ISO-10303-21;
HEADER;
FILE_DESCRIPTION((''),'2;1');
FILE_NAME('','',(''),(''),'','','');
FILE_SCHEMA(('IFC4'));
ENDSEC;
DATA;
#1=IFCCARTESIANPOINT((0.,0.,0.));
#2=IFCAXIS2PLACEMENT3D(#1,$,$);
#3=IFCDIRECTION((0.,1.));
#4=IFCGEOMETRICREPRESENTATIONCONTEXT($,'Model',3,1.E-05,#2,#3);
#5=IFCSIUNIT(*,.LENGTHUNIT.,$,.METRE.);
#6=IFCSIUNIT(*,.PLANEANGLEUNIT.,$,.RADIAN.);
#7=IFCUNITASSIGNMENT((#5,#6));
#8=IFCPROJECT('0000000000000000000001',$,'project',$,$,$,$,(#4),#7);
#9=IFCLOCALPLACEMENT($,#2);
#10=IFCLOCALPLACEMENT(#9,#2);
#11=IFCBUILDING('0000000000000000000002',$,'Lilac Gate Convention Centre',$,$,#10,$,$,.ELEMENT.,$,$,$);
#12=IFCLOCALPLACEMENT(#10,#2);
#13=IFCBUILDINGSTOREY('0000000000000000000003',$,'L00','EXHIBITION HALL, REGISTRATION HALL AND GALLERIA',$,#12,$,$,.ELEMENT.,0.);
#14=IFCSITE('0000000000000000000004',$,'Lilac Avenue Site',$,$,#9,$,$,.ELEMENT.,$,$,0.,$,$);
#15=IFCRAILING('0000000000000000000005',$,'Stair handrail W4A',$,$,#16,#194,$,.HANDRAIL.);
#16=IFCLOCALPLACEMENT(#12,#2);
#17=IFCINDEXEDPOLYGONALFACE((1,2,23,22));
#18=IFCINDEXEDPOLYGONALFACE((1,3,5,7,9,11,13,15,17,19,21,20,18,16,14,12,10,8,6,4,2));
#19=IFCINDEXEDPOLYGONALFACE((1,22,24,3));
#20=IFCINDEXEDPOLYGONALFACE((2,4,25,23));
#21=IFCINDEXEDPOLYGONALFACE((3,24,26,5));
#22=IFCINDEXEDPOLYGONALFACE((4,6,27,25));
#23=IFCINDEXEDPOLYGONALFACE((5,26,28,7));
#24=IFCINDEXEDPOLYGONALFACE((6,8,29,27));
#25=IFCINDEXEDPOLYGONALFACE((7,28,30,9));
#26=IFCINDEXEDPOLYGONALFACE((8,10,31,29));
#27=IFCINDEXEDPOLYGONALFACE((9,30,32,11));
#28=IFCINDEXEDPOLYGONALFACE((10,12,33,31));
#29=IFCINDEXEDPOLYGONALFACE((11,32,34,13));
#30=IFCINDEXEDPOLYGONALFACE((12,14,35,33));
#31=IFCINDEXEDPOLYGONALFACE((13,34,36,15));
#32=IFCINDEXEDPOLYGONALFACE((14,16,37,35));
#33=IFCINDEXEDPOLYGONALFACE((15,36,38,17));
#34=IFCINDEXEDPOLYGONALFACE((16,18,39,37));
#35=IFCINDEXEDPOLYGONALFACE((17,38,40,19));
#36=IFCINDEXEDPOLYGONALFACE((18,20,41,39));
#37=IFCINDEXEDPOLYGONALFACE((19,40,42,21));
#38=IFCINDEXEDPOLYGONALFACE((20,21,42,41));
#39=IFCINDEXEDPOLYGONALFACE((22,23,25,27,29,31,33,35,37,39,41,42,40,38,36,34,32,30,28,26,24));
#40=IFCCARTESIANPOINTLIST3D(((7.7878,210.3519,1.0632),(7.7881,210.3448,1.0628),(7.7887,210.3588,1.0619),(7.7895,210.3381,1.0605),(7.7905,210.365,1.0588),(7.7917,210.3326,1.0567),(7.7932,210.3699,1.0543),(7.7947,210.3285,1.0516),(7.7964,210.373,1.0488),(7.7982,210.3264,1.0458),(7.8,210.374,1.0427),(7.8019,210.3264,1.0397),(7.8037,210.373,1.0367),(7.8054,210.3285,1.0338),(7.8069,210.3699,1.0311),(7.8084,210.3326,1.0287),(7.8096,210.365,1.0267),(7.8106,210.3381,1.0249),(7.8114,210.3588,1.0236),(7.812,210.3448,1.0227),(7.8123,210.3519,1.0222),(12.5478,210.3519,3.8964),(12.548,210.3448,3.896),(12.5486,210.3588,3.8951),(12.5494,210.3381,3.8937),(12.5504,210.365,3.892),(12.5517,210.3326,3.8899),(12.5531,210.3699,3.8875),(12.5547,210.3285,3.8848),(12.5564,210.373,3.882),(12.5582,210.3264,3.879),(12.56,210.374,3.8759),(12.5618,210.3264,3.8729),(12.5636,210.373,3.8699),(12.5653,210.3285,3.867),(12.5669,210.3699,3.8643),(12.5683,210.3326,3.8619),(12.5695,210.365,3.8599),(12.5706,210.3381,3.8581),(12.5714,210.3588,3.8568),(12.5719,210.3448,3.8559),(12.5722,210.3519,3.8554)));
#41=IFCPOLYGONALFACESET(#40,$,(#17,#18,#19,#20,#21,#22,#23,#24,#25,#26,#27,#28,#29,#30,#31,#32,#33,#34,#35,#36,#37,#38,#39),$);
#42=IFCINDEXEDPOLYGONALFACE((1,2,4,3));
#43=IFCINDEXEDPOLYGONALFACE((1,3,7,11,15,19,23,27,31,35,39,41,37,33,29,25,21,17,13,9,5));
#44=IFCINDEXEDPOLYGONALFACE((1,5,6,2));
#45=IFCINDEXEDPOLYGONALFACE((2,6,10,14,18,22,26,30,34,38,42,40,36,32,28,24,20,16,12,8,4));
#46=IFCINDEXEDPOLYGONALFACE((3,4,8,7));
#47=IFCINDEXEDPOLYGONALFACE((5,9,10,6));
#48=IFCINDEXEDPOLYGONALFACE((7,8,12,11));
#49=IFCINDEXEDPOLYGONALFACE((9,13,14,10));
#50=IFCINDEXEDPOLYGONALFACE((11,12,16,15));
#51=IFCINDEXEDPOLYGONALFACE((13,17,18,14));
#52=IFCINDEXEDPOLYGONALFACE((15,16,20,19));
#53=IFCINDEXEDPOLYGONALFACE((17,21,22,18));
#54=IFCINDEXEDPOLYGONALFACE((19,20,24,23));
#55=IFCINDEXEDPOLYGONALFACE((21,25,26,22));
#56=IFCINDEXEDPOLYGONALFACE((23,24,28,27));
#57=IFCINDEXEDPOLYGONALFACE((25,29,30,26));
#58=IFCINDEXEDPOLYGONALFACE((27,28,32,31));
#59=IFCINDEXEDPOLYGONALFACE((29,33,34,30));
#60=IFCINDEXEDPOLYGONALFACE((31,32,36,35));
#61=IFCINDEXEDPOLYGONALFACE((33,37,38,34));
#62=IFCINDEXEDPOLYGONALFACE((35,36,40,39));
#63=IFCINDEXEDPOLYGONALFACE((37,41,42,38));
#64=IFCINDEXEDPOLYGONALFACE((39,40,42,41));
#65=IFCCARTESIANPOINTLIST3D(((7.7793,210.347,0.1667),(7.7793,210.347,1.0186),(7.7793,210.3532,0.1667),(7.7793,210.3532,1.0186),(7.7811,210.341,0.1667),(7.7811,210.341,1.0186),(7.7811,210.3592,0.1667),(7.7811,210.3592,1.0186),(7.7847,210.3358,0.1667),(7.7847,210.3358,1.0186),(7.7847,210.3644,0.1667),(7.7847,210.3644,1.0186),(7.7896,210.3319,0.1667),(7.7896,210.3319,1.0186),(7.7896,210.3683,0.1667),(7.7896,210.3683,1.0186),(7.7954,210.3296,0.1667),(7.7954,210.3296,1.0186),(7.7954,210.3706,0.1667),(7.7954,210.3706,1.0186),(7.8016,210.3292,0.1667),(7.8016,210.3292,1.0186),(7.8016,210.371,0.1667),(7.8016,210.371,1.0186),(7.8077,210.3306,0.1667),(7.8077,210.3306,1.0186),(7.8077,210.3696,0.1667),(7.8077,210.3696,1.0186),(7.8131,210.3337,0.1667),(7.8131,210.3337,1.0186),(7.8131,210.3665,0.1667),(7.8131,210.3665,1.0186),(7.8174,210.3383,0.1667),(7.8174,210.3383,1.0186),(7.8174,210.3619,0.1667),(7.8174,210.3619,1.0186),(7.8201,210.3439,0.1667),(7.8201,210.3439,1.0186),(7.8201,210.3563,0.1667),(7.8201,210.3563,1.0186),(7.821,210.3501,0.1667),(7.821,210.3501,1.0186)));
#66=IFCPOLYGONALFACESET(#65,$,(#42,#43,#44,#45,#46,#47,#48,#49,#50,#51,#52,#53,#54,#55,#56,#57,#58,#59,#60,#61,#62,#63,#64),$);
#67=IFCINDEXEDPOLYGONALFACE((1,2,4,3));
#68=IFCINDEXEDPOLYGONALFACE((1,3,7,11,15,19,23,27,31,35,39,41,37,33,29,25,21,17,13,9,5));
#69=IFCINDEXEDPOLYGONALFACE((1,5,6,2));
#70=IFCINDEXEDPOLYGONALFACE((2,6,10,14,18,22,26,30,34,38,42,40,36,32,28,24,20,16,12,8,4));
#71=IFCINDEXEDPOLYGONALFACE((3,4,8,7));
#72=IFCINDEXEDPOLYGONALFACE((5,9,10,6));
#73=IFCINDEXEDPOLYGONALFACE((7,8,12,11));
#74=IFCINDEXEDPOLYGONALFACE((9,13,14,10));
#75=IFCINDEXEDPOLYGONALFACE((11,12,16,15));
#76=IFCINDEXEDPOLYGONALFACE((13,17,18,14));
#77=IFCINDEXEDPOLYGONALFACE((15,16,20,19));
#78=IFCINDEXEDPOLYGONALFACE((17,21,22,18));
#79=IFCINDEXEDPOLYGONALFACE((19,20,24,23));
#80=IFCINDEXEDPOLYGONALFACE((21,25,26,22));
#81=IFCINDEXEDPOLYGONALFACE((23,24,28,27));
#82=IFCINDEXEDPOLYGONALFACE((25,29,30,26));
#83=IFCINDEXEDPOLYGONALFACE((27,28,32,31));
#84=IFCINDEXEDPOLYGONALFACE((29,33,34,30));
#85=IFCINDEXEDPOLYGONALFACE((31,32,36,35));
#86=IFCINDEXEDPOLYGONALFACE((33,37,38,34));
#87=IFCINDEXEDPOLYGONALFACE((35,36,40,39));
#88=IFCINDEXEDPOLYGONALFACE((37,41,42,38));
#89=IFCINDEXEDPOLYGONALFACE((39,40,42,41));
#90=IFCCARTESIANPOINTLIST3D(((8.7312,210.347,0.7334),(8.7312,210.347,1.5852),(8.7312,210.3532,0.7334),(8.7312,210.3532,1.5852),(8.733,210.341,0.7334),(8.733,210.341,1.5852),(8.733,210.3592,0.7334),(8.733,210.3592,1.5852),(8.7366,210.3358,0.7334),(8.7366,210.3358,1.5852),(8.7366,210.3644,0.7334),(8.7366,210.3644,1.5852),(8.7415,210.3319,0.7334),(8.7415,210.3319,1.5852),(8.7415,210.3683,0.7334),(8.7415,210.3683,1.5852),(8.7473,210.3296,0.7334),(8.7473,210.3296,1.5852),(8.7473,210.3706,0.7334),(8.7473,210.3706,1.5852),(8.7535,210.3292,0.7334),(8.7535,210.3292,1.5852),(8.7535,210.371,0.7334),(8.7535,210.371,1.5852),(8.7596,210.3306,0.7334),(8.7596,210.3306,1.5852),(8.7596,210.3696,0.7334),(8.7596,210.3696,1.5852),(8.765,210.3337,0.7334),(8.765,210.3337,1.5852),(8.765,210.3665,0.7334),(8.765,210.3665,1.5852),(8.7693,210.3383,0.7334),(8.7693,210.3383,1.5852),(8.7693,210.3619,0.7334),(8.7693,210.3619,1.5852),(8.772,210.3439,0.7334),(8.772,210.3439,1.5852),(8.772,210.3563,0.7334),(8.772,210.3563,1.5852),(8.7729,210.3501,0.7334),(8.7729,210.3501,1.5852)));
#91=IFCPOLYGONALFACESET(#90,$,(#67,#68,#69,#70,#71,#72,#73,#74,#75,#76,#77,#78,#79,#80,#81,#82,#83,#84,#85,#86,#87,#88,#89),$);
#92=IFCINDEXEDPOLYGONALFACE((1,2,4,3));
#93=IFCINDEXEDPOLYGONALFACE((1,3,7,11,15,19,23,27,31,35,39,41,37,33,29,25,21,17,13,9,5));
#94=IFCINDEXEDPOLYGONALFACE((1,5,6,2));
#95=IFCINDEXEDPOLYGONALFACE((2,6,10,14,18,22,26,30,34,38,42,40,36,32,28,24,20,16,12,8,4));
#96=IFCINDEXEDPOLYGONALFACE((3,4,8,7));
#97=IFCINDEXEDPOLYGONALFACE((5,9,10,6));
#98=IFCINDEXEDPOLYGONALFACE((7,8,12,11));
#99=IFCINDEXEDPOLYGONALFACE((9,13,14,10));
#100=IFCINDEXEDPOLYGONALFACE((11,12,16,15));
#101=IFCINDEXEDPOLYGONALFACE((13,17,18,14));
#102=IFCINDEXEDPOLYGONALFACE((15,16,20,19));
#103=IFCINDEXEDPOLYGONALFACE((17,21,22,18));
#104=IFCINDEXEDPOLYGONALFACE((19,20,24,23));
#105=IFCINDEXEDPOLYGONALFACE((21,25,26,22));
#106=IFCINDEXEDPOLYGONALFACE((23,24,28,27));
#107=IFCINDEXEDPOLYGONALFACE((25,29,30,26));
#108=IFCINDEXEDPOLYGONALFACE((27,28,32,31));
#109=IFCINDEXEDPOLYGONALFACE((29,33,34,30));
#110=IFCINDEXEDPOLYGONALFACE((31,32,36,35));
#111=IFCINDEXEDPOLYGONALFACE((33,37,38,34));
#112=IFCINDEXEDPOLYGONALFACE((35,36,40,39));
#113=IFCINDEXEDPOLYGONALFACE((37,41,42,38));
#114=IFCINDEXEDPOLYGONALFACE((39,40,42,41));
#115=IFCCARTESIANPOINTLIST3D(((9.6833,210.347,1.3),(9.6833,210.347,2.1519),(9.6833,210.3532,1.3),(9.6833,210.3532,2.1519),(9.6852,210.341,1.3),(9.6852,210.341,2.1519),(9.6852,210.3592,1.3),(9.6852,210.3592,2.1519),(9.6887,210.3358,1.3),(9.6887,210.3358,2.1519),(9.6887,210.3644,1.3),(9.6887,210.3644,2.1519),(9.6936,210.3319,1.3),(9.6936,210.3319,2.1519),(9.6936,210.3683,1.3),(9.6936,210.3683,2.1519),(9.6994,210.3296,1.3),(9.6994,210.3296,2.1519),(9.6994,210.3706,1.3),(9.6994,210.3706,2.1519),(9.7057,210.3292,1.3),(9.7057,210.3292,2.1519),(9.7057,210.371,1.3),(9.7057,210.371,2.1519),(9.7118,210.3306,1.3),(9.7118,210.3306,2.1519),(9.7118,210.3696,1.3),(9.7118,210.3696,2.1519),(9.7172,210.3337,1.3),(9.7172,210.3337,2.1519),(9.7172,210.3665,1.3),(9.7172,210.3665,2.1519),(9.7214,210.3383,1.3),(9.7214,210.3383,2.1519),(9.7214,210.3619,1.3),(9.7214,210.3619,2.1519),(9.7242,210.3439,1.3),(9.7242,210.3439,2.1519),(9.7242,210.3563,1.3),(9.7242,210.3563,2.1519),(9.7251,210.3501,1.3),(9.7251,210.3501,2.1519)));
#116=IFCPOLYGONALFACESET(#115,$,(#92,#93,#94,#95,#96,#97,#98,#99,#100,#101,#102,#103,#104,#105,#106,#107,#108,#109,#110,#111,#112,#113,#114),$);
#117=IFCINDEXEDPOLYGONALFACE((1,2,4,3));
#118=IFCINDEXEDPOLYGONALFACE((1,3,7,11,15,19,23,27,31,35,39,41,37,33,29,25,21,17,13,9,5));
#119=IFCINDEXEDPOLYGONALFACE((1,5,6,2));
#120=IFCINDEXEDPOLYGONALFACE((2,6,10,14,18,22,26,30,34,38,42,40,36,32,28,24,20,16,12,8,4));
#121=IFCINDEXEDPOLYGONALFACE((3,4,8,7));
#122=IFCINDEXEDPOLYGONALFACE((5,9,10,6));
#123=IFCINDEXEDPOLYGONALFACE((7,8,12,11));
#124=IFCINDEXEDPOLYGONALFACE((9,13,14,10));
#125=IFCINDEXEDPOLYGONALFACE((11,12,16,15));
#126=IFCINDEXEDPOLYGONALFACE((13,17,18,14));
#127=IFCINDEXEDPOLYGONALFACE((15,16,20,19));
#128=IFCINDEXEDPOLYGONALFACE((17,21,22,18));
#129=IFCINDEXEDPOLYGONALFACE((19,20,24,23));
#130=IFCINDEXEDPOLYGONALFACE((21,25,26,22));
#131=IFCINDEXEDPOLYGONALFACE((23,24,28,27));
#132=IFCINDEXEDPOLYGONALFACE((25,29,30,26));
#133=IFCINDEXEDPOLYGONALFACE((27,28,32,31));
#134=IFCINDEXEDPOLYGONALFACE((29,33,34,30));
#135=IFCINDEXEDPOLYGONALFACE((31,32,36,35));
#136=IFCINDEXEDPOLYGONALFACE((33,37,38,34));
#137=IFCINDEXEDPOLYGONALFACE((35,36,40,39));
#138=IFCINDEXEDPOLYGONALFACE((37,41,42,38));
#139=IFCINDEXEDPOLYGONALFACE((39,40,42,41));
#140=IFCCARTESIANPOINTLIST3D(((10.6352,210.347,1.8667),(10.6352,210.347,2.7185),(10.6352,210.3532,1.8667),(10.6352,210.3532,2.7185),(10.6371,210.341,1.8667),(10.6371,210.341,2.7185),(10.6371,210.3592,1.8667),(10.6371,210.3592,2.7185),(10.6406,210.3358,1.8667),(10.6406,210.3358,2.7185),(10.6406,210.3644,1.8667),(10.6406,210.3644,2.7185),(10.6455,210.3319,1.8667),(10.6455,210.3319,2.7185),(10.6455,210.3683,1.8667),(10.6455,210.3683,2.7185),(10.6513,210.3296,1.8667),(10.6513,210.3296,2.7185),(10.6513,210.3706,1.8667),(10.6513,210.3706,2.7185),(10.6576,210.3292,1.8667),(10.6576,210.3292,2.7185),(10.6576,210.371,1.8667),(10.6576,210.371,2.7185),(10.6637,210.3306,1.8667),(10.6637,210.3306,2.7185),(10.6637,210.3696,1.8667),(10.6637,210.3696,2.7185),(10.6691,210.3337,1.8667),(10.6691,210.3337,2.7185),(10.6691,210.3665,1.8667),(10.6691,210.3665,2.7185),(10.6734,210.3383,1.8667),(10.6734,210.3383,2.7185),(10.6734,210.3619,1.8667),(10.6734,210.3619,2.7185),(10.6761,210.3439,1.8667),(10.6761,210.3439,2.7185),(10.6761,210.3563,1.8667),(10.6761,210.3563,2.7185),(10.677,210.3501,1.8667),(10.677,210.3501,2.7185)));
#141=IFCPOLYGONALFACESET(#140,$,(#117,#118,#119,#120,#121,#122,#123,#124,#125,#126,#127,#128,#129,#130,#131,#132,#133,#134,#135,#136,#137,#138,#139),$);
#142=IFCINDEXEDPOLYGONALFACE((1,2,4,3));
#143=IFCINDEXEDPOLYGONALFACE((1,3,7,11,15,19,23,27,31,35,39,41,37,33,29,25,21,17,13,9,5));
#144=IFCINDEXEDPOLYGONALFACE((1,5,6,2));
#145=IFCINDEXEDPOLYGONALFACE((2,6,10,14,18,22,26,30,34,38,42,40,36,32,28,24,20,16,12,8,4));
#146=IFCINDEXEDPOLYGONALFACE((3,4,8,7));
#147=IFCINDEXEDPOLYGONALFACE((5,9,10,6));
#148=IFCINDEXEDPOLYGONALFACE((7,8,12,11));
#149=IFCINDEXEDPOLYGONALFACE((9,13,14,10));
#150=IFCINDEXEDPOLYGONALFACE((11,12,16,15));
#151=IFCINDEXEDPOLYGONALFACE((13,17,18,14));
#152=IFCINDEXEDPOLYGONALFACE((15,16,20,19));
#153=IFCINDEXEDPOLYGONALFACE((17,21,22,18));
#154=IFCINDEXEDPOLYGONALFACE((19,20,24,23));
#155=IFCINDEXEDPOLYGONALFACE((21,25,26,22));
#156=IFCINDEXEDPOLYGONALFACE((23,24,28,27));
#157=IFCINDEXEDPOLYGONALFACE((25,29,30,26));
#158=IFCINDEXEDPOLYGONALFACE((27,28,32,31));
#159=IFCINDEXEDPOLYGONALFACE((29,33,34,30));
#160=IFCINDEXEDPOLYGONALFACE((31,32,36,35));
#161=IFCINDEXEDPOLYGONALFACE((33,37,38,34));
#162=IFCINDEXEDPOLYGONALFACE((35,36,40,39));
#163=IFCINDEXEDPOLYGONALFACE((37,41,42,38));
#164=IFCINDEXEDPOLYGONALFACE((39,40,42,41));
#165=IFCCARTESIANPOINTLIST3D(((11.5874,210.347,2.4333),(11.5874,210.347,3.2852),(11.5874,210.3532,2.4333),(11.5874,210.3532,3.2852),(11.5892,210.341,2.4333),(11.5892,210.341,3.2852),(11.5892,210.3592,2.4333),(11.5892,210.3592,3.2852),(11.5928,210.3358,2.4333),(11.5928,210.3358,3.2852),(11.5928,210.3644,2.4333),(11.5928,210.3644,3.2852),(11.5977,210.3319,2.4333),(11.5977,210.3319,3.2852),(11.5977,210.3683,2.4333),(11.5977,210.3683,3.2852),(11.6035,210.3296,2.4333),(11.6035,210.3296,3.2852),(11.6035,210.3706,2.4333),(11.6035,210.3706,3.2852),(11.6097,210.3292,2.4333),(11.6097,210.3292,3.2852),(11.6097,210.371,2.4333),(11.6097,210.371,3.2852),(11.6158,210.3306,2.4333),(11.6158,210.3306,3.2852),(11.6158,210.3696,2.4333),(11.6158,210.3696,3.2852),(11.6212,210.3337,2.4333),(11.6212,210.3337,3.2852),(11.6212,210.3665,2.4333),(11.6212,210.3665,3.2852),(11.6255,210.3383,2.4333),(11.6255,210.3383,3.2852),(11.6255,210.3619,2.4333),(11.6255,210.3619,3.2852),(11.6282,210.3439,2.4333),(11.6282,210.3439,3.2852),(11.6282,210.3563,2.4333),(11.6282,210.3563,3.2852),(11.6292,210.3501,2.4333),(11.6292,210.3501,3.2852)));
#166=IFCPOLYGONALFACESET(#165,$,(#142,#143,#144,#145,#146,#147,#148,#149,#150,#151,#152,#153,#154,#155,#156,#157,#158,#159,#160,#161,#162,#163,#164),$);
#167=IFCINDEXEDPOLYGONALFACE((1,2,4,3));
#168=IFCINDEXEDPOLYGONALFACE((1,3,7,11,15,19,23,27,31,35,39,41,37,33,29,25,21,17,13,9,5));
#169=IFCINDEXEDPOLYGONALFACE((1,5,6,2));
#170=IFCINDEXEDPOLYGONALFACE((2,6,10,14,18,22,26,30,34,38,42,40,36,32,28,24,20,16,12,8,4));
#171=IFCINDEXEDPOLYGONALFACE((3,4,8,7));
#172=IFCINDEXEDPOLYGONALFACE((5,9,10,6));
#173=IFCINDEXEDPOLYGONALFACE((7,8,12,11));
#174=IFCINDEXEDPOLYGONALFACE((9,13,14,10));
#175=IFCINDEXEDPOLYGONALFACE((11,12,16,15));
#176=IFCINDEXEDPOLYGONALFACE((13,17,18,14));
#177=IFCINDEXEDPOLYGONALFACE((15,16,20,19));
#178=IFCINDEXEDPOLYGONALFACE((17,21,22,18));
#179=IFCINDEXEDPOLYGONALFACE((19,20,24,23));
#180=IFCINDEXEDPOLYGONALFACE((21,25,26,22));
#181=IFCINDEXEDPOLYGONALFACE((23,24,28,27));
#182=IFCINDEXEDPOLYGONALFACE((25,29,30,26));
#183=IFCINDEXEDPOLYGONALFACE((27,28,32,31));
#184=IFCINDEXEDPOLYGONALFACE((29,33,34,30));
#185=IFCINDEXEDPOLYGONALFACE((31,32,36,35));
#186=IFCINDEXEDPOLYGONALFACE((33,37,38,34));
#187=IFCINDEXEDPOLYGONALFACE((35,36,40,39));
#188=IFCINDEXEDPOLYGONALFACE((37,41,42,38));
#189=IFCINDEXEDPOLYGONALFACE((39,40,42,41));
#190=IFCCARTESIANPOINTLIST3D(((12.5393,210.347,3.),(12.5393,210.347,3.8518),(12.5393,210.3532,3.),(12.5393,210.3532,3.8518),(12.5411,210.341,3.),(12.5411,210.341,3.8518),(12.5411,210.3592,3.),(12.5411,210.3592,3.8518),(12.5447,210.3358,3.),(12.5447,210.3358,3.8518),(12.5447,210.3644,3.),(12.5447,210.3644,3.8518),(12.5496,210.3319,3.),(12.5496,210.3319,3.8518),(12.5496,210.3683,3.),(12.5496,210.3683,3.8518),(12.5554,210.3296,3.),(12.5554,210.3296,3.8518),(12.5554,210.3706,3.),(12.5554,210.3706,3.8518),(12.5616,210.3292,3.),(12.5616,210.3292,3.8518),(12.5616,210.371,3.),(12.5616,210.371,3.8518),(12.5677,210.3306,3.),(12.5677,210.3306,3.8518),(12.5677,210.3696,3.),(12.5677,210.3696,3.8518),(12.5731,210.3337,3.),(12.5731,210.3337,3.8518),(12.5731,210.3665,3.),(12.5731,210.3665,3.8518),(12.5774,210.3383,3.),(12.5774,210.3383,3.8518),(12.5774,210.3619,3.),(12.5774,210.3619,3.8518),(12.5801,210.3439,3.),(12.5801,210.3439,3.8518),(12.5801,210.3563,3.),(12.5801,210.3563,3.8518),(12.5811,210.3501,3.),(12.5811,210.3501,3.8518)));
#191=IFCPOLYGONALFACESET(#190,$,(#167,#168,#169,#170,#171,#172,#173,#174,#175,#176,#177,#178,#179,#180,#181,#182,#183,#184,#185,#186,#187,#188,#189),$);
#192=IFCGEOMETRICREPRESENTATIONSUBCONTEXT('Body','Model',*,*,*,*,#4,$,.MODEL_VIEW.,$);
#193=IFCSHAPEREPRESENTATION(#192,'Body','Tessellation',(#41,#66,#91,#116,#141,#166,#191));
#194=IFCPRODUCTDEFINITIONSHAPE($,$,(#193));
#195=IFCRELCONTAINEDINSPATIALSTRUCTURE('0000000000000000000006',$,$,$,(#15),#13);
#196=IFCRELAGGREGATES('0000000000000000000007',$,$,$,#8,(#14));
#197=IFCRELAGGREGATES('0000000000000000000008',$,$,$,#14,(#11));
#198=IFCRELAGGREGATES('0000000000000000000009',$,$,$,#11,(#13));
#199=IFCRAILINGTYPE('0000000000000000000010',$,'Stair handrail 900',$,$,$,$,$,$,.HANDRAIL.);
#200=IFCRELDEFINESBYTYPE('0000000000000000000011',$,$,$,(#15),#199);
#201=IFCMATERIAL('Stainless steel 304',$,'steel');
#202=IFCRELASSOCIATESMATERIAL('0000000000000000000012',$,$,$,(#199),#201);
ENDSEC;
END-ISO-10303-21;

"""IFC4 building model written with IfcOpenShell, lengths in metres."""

from ifc_helpers import new_model, si_unit, direction, frame, origin, origin_2d, place, context, subcontext, project, spatial, circle, extrude, material, type_object, element, save


model = new_model("IFC4")

# Units and contexts
model_context = context("Model", 3, precision=1e-05, world=origin(), true_north=direction((0.0, 1.0)))
body_context = subcontext(model_context, "Body", "Model", "MODEL_VIEW")
ifc_project = project(units=[si_unit("LENGTHUNIT", "METRE"), si_unit("PLANEANGLEUNIT", "RADIAN")], contexts=[model_context])

# Site, building, storey
site_placement = place(None, origin())
site = spatial("IfcSite", under=ifc_project, at=site_placement, Name="Lilac Avenue Site", CompositionType="ELEMENT", RefElevation=0.0)
building_placement = place(site_placement, origin())
building = spatial("IfcBuilding", under=site, at=building_placement, Name="Lilac Gate Convention Centre", CompositionType="ELEMENT")
storey_placement = place(building_placement, origin())
storey = spatial("IfcBuildingStorey", under=building, at=storey_placement, Name="L00", Description="EXHIBITION HALL, REGISTRATION HALL AND GALLERIA", CompositionType="ELEMENT", Elevation=0.0)

# Railing
ifc_material_1 = material(Name="Stainless steel 304", Category="steel")
railing_type_1 = type_object("IfcRailingType", Name="Stair handrail 900", PredefinedType="HANDRAIL", material=ifc_material_1)
for number, where, name in (
    (1, (7.8, 210.3501, 0.1667), "Stair handrail W4A"),
):
    element("IfcRailing", number, at=place(storey_placement, frame(where)), inside=storey, type_object=railing_type_1, Name=name, PredefinedType="HANDRAIL", context=body_context, shape_type="SweptSolid", body=[
        extrude(circle(Radius=0.0239, at=origin_2d()), frame((0.0, 0.0, 0.876), z_axis=(0.8593, 0.0, 0.511472), x_axis=(0.0, 1.0, 0.0)), (0.0, 0.0, 1.0), 5.5393),
        extrude(circle(Radius=0.021, at=origin_2d()), origin(), (0.0, 0.0, 1.0), 0.8518),
        extrude(circle(Radius=0.021, at=origin_2d()), frame((0.9519, 0.0, 0.5667)), (0.0, 0.0, 1.0), 0.8518),
        extrude(circle(Radius=0.021, at=origin_2d()), frame((1.9041, 0.0, 1.1333)), (0.0, 0.0, 1.0), 0.8518),
        extrude(circle(Radius=0.021, at=origin_2d()), frame((2.856, 0.0, 1.7)), (0.0, 0.0, 1.0), 0.8518),
        extrude(circle(Radius=0.021, at=origin_2d()), frame((3.8081, 0.0, 2.2666)), (0.0, 0.0, 1.0), 0.8518),
        extrude(circle(Radius=0.021, at=origin_2d()), frame((4.76, 0.0, 2.8333)), (0.0, 0.0, 1.0), 0.8518),
    ])

save(model, "model.ifc")
